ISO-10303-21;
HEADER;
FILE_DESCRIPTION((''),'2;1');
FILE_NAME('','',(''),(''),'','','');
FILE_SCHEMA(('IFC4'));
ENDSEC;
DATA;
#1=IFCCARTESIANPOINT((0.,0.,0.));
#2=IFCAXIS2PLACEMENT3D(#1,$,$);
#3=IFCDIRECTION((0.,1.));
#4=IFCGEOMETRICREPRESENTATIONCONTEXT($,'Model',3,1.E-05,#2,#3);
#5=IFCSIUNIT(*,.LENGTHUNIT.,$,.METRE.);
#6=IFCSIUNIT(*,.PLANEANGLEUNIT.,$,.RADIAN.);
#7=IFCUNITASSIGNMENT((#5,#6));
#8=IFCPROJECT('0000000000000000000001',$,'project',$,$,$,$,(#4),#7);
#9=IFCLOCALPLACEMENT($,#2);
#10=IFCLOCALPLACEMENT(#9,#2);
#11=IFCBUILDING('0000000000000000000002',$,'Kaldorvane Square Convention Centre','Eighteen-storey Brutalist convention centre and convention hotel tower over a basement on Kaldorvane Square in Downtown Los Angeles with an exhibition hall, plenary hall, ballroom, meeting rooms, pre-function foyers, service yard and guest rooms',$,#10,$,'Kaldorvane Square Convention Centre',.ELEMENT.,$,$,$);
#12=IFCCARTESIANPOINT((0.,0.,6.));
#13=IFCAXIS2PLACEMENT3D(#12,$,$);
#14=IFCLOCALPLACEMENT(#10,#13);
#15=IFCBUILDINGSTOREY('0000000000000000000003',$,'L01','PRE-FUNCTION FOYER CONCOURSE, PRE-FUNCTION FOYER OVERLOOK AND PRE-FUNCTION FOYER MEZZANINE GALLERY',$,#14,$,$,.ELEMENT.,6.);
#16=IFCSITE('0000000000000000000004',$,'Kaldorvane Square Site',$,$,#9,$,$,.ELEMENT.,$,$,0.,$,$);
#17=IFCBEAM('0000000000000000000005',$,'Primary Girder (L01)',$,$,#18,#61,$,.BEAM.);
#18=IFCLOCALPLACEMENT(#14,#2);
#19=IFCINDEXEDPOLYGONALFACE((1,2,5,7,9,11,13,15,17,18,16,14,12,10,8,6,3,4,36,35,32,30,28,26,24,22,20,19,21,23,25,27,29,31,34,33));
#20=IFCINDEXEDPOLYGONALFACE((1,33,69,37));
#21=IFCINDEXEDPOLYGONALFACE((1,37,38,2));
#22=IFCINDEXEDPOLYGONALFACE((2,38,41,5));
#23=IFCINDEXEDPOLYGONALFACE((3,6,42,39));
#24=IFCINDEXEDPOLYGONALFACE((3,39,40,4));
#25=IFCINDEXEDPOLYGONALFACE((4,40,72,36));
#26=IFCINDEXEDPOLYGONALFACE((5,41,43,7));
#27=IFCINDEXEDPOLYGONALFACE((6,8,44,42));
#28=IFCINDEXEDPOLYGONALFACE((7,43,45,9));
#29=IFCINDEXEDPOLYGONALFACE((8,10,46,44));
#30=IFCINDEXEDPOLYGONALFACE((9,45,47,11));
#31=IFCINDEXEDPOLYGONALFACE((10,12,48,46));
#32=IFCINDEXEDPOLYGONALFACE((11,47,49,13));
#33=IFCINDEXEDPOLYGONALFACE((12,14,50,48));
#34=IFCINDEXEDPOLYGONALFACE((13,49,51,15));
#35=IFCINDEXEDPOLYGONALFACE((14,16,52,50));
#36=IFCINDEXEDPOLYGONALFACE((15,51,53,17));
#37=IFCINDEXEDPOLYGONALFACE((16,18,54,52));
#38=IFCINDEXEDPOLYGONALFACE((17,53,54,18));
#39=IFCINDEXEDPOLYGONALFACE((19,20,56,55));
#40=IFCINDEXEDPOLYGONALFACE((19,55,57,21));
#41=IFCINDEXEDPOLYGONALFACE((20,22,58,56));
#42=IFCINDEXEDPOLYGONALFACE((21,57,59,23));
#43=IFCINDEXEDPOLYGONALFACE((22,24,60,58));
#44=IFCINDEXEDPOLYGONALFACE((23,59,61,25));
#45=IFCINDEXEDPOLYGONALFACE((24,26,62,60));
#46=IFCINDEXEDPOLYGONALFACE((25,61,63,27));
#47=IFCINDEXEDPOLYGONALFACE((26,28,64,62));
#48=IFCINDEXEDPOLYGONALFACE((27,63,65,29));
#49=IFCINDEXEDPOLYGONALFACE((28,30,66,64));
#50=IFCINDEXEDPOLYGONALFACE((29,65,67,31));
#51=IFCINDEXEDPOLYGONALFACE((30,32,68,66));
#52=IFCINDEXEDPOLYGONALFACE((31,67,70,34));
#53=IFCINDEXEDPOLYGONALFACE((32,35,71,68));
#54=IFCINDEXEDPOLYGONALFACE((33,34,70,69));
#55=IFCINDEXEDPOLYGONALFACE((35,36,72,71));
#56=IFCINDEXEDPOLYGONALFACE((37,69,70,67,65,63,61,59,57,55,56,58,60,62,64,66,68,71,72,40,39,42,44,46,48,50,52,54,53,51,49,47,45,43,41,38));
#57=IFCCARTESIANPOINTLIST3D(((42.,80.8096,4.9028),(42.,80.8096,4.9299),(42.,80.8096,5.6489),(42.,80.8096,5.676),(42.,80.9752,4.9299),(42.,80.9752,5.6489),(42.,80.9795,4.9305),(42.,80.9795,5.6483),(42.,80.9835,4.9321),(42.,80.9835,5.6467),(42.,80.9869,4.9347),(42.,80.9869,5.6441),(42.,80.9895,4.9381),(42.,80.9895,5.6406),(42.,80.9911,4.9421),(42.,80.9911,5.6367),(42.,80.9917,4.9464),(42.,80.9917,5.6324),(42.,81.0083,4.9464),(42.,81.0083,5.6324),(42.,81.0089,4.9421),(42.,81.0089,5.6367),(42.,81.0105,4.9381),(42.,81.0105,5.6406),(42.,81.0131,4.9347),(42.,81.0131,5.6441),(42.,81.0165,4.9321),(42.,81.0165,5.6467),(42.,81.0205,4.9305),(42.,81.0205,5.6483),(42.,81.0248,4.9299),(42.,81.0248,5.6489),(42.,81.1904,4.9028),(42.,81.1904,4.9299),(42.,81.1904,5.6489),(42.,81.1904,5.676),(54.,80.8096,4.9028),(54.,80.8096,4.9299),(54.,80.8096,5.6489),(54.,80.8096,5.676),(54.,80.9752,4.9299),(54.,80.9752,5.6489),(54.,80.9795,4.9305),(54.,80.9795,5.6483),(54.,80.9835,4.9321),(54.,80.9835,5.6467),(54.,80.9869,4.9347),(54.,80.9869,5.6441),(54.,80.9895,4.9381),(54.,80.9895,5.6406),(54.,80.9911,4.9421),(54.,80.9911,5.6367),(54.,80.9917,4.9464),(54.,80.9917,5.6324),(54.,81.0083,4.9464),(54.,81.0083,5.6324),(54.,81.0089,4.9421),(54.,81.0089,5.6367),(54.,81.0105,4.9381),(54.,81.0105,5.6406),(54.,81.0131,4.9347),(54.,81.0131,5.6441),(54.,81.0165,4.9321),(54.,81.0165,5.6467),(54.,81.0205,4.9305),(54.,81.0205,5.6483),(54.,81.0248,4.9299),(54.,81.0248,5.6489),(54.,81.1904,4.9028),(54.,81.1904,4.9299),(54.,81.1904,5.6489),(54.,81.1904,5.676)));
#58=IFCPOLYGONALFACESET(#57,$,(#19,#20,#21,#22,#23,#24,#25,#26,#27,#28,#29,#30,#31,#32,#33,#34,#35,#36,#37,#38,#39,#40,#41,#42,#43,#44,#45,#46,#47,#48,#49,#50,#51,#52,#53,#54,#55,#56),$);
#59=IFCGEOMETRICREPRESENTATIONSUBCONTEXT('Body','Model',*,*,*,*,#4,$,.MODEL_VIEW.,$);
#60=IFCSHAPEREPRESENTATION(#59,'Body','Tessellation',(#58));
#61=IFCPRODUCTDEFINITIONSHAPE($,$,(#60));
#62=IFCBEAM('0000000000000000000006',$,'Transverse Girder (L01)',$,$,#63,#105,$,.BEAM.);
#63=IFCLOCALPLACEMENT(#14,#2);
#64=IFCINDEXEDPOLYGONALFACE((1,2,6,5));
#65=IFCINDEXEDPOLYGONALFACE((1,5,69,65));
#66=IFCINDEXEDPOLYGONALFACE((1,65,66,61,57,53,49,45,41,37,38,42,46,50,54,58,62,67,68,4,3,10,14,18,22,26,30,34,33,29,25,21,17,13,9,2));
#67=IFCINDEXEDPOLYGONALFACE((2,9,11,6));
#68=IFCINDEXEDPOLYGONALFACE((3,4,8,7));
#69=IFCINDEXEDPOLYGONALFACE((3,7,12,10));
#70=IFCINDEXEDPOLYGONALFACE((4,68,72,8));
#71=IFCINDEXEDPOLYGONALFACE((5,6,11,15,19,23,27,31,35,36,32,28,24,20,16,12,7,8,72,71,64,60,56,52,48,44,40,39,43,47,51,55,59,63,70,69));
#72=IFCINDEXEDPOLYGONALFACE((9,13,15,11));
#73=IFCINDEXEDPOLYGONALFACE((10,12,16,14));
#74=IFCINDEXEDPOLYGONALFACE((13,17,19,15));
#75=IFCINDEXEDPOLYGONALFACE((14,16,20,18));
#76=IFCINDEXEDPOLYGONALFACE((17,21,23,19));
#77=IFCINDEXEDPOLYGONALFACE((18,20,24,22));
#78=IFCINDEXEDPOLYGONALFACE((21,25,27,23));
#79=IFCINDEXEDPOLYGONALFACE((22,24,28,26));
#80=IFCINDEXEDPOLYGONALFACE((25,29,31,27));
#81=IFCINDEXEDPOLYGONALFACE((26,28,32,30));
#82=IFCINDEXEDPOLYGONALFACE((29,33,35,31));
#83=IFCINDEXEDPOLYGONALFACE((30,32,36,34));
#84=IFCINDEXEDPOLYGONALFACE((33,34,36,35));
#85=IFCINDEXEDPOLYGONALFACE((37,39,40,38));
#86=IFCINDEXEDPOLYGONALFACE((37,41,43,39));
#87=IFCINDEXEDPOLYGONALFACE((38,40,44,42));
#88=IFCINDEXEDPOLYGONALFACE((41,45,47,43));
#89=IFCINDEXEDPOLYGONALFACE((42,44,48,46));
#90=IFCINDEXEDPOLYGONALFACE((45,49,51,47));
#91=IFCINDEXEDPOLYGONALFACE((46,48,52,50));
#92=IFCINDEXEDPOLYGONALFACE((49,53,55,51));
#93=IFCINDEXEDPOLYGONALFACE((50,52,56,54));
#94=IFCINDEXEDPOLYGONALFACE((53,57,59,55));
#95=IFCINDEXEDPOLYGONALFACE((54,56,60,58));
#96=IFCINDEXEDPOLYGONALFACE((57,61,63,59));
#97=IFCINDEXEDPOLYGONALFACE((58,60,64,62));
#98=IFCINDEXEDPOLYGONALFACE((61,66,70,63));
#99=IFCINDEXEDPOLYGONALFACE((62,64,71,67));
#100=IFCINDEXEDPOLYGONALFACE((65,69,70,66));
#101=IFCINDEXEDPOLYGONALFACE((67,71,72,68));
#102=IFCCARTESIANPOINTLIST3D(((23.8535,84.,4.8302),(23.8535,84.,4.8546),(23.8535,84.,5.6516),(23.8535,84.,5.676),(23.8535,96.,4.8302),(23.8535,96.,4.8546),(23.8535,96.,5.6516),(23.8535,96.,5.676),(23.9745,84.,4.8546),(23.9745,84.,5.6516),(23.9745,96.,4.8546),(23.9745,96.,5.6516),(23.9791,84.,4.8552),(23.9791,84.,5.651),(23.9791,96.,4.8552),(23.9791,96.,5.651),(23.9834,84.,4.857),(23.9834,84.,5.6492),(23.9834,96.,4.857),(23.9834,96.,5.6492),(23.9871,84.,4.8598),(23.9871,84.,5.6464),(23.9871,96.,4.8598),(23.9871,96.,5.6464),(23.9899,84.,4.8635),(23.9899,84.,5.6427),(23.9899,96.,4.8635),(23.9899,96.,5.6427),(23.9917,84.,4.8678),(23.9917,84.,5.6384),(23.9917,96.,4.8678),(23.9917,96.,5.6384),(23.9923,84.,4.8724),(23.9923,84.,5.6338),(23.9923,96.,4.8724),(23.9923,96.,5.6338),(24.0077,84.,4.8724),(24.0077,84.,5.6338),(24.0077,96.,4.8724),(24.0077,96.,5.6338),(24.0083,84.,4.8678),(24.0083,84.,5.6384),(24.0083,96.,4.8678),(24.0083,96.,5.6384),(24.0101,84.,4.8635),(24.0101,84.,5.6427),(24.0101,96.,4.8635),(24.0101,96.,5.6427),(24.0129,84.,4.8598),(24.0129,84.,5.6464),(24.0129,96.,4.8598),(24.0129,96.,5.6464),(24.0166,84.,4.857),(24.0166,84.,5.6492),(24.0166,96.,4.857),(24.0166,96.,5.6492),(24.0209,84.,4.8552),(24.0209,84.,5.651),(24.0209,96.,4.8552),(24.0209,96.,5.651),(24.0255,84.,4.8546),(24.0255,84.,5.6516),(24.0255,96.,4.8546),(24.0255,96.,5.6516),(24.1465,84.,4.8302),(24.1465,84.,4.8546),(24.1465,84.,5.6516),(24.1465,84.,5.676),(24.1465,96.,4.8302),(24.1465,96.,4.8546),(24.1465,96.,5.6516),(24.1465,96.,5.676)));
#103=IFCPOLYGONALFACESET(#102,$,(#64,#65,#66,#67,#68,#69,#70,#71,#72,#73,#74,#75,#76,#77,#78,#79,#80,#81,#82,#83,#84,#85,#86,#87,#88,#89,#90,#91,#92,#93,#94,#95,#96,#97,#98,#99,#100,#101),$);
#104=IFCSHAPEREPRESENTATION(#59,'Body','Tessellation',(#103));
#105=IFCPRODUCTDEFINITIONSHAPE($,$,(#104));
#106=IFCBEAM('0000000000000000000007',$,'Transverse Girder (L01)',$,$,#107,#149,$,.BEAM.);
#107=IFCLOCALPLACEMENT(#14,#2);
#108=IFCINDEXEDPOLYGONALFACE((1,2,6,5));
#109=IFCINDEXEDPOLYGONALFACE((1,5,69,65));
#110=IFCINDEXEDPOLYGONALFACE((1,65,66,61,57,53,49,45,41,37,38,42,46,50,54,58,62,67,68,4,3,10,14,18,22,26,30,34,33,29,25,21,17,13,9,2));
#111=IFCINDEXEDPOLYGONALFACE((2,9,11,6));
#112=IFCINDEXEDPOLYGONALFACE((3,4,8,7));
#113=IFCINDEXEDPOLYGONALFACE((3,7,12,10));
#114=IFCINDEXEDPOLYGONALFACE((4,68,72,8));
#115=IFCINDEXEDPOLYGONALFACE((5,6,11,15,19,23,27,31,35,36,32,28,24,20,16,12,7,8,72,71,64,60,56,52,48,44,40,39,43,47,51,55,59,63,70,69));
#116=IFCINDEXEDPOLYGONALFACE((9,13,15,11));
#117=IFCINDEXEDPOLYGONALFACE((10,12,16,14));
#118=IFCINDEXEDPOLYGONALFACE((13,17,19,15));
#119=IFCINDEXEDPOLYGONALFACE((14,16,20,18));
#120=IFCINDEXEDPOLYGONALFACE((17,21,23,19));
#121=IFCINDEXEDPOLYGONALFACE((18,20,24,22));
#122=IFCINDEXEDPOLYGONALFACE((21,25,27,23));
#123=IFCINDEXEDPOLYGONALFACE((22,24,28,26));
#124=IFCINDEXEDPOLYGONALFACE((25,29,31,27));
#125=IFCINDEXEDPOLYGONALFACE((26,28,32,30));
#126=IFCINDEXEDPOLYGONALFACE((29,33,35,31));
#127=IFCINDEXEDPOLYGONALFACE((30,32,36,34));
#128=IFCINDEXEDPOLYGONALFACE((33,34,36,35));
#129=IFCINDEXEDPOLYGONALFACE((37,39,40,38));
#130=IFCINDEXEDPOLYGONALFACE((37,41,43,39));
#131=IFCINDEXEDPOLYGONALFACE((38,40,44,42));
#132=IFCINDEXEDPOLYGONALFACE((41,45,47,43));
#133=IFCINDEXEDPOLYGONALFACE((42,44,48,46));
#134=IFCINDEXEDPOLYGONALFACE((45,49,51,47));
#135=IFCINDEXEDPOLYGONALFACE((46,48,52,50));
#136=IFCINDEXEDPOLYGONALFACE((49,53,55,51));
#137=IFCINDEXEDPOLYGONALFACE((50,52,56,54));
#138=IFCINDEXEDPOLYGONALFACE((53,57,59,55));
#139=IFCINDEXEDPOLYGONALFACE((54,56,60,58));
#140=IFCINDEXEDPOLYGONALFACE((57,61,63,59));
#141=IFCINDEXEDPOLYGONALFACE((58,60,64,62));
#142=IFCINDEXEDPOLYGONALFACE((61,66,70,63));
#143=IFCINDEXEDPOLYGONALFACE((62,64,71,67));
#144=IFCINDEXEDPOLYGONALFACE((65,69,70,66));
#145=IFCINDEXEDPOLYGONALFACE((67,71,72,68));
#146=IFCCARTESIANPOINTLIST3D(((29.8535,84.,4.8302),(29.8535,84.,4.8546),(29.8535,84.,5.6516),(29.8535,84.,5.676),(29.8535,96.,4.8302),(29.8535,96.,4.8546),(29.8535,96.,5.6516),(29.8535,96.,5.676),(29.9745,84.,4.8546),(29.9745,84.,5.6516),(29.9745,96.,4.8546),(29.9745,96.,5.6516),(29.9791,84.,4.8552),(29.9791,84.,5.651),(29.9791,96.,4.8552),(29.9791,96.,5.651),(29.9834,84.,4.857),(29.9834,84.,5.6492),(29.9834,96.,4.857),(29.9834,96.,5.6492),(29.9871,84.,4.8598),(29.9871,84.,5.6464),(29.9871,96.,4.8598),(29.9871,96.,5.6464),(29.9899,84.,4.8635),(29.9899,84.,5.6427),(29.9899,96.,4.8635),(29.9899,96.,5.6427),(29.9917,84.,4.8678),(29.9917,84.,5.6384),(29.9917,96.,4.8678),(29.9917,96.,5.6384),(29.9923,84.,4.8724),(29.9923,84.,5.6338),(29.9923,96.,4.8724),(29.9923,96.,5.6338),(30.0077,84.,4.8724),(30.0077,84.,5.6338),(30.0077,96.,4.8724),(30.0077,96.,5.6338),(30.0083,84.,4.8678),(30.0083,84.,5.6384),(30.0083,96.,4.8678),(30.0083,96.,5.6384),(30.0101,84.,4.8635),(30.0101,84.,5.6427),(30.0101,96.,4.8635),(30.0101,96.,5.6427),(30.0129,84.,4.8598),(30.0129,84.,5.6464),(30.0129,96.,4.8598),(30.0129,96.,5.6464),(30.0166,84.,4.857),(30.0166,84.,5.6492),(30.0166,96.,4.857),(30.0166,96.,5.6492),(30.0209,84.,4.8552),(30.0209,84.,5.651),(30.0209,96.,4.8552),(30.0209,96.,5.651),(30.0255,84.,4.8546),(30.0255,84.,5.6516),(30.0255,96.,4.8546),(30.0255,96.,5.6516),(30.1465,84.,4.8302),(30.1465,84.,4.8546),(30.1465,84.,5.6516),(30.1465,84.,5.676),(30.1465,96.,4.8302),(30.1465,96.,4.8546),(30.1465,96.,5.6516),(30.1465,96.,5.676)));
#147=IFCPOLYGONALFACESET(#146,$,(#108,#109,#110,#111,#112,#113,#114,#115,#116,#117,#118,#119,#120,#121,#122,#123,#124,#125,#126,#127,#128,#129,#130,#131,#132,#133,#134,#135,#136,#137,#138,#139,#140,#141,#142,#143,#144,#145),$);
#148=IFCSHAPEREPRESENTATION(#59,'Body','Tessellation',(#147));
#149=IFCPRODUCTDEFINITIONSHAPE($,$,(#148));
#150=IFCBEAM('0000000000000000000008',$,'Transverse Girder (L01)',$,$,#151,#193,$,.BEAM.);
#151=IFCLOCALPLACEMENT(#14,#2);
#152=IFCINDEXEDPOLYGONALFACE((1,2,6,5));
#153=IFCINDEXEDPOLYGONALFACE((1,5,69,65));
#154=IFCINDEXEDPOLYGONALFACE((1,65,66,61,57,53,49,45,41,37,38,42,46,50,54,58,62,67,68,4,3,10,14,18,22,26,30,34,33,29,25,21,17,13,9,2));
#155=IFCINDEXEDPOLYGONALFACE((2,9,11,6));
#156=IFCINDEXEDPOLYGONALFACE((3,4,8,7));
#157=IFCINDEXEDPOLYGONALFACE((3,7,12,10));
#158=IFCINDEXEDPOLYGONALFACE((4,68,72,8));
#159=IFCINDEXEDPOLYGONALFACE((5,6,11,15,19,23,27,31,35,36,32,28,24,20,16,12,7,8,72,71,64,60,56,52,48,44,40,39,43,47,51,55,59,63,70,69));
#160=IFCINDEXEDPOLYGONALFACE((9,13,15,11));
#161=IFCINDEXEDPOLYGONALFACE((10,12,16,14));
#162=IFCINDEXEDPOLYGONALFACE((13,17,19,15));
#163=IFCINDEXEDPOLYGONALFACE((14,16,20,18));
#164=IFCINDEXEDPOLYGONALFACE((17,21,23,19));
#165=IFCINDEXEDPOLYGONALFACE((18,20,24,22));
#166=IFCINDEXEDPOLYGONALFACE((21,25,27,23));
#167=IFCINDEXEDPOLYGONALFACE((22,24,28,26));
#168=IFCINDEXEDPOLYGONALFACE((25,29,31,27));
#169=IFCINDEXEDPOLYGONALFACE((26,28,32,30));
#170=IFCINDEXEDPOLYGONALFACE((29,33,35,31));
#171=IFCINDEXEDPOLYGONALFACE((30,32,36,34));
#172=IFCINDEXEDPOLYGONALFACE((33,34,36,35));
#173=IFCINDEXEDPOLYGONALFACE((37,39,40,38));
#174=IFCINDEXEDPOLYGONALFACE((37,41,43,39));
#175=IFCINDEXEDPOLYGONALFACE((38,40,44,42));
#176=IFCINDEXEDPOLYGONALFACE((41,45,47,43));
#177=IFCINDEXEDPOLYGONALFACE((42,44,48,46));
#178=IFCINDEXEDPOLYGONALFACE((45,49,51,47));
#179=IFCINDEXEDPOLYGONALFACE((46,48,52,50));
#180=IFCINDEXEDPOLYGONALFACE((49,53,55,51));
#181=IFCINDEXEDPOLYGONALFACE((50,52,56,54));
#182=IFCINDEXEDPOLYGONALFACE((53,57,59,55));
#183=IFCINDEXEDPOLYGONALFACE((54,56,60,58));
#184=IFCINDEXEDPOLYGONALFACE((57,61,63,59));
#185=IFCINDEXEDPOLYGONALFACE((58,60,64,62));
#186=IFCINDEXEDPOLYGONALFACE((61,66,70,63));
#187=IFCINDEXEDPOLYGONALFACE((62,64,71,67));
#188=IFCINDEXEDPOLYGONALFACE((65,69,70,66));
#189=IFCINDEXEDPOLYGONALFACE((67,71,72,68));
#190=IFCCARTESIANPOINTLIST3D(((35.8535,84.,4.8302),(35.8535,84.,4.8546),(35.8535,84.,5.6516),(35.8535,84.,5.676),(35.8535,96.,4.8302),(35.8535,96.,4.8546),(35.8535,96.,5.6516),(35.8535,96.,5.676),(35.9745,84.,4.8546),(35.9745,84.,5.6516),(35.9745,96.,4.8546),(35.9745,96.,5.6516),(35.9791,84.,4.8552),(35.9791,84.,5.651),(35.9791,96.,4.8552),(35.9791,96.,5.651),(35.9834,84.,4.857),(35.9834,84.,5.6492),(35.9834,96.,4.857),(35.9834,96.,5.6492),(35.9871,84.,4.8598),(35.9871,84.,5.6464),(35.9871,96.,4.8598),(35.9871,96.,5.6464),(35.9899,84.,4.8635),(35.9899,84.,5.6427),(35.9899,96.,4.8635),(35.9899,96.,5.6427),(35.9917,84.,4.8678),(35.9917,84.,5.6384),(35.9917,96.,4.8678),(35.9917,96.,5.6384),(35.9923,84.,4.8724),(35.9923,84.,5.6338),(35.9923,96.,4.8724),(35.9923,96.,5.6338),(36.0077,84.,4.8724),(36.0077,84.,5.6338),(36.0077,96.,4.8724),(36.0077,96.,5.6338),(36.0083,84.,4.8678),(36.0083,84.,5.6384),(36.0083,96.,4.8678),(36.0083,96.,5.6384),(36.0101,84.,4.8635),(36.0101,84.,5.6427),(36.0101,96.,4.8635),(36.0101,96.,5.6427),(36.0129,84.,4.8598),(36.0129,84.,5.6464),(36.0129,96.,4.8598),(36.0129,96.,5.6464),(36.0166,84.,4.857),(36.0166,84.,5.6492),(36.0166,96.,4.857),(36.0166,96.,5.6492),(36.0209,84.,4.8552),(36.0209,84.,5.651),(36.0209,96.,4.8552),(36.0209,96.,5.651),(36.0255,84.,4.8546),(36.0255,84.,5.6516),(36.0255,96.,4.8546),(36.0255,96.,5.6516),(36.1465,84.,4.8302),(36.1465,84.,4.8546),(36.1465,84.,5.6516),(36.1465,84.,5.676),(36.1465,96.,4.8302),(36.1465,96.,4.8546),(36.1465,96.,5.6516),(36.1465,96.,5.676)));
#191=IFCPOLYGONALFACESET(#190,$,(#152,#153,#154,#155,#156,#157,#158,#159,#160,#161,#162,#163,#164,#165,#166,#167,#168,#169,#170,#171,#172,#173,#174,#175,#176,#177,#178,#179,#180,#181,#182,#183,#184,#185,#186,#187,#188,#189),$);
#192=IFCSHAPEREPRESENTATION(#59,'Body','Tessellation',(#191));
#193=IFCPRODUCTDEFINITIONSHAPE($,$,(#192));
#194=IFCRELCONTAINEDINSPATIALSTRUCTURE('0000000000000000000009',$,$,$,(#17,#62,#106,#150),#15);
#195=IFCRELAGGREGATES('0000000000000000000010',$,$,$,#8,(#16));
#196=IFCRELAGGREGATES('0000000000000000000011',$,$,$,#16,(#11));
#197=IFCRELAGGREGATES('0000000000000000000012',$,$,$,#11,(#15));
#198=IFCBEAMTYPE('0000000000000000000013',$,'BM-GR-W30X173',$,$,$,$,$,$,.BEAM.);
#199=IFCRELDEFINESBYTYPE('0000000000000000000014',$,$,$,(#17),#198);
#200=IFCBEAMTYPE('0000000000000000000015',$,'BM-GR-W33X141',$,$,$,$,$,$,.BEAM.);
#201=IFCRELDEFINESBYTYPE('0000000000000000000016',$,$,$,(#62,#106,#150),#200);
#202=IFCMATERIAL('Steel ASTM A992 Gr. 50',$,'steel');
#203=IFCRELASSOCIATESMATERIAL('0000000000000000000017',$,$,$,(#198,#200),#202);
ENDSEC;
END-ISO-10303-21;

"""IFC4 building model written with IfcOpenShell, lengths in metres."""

from ifc_helpers import new_model, si_unit, direction, frame, origin, origin_2d, place, context, subcontext, project, spatial, i_section, extrude, material, material_profile, profile_set, type_object, element, save


model = new_model("IFC4")

# Units and contexts
model_context = context("Model", 3, precision=1e-05, world=origin(), true_north=direction((0.0, 1.0)))
body_context = subcontext(model_context, "Body", "Model", "MODEL_VIEW")
ifc_project = project(units=[si_unit("LENGTHUNIT", "METRE"), si_unit("PLANEANGLEUNIT", "RADIAN")], contexts=[model_context])

# Site, building, storey
site_placement = place(None, origin())
site = spatial("IfcSite", under=ifc_project, at=site_placement, Name="Kaldorvane Square Site", CompositionType="ELEMENT", RefElevation=0.0)
building_placement = place(site_placement, origin())
building = spatial("IfcBuilding", under=site, at=building_placement, Name="Kaldorvane Square Convention Centre", Description="Eighteen-storey Brutalist convention centre and convention hotel tower over a basement on Kaldorvane Square in Downtown Los Angeles with an exhibition hall, plenary hall, ballroom, meeting rooms, pre-function foyers, service yard and guest rooms", LongName="Kaldorvane Square Convention Centre", CompositionType="ELEMENT")
storey_placement = place(building_placement, frame((0.0, 0.0, 6.0)))
storey = spatial("IfcBuildingStorey", under=building, at=storey_placement, Name="L01", Description="PRE-FUNCTION FOYER CONCOURSE, PRE-FUNCTION FOYER OVERLOOK AND PRE-FUNCTION FOYER MEZZANINE GALLERY", CompositionType="ELEMENT", Elevation=6.0)

# Shared definitions
ifc_material_1 = material(Name="Steel ASTM A992 Gr. 50", Category="steel")

# Beams
ifc_material_profile_1 = material_profile(ifc_material_1, i_section(OverallWidth=0.3807, OverallDepth=0.7732, WebThickness=0.0166, FlangeThickness=0.0271, FilletRadius=0.0165, at=origin_2d()), Name="W30X173")
ifc_profile_set_1 = profile_set([ifc_material_profile_1], Name="Steel ASTM A992 Gr. 50")
beam_type_1 = type_object("IfcBeamType", Name="BM-GR-W30X173", PredefinedType="BEAM", material=ifc_profile_set_1)
for number, where, z_axis, x_axis, name in (
    (1, (42.0, 81.0, 5.2894), (1.0, 0.0, 0.0), (0.0, 1.0, 0.0), "Primary Girder (L01)"),
):
    element("IfcBeam", number, at=place(storey_placement, frame(where, z_axis=z_axis, x_axis=x_axis)), inside=storey, type_object=beam_type_1, Name=name, PredefinedType="BEAM", context=body_context, shape_type="SweptSolid", body=[
        extrude(i_section(OverallWidth=0.3807, OverallDepth=0.7732, WebThickness=0.0166, FlangeThickness=0.0271, FilletRadius=0.0165, at=origin_2d()), origin(), (0.0, 0.0, 1.0), 12.0),
    ])
ifc_material_profile_2 = material_profile(ifc_material_1, i_section(OverallWidth=0.293, OverallDepth=0.8458, WebThickness=0.0154, FlangeThickness=0.0244, FilletRadius=0.0178, at=origin_2d()), Name="W33X141")
ifc_profile_set_2 = profile_set([ifc_material_profile_2], Name="Steel ASTM A992 Gr. 50")
beam_type_2 = type_object("IfcBeamType", Name="BM-GR-W33X141", PredefinedType="BEAM", material=ifc_profile_set_2)
for number, where, z_axis, x_axis, name in (
    (2, (24.0, 84.0, 5.2531), (0.0, 1.0, 0.0), (-1.0, 0.0, 0.0), "Transverse Girder (L01)"),
    (3, (30.0, 84.0, 5.2531), (0.0, 1.0, 0.0), (-1.0, 0.0, 0.0), "Transverse Girder (L01)"),
    (4, (36.0, 84.0, 5.2531), (0.0, 1.0, 0.0), (-1.0, 0.0, 0.0), "Transverse Girder (L01)"),
):
    element("IfcBeam", number, at=place(storey_placement, frame(where, z_axis=z_axis, x_axis=x_axis)), inside=storey, type_object=beam_type_2, Name=name, PredefinedType="BEAM", context=body_context, shape_type="SweptSolid", body=[
        extrude(i_section(OverallWidth=0.293, OverallDepth=0.8458, WebThickness=0.0154, FlangeThickness=0.0244, FilletRadius=0.0178, at=origin_2d()), origin(), (0.0, 0.0, 1.0), 12.0),
    ])

save(model, "model.ifc")
